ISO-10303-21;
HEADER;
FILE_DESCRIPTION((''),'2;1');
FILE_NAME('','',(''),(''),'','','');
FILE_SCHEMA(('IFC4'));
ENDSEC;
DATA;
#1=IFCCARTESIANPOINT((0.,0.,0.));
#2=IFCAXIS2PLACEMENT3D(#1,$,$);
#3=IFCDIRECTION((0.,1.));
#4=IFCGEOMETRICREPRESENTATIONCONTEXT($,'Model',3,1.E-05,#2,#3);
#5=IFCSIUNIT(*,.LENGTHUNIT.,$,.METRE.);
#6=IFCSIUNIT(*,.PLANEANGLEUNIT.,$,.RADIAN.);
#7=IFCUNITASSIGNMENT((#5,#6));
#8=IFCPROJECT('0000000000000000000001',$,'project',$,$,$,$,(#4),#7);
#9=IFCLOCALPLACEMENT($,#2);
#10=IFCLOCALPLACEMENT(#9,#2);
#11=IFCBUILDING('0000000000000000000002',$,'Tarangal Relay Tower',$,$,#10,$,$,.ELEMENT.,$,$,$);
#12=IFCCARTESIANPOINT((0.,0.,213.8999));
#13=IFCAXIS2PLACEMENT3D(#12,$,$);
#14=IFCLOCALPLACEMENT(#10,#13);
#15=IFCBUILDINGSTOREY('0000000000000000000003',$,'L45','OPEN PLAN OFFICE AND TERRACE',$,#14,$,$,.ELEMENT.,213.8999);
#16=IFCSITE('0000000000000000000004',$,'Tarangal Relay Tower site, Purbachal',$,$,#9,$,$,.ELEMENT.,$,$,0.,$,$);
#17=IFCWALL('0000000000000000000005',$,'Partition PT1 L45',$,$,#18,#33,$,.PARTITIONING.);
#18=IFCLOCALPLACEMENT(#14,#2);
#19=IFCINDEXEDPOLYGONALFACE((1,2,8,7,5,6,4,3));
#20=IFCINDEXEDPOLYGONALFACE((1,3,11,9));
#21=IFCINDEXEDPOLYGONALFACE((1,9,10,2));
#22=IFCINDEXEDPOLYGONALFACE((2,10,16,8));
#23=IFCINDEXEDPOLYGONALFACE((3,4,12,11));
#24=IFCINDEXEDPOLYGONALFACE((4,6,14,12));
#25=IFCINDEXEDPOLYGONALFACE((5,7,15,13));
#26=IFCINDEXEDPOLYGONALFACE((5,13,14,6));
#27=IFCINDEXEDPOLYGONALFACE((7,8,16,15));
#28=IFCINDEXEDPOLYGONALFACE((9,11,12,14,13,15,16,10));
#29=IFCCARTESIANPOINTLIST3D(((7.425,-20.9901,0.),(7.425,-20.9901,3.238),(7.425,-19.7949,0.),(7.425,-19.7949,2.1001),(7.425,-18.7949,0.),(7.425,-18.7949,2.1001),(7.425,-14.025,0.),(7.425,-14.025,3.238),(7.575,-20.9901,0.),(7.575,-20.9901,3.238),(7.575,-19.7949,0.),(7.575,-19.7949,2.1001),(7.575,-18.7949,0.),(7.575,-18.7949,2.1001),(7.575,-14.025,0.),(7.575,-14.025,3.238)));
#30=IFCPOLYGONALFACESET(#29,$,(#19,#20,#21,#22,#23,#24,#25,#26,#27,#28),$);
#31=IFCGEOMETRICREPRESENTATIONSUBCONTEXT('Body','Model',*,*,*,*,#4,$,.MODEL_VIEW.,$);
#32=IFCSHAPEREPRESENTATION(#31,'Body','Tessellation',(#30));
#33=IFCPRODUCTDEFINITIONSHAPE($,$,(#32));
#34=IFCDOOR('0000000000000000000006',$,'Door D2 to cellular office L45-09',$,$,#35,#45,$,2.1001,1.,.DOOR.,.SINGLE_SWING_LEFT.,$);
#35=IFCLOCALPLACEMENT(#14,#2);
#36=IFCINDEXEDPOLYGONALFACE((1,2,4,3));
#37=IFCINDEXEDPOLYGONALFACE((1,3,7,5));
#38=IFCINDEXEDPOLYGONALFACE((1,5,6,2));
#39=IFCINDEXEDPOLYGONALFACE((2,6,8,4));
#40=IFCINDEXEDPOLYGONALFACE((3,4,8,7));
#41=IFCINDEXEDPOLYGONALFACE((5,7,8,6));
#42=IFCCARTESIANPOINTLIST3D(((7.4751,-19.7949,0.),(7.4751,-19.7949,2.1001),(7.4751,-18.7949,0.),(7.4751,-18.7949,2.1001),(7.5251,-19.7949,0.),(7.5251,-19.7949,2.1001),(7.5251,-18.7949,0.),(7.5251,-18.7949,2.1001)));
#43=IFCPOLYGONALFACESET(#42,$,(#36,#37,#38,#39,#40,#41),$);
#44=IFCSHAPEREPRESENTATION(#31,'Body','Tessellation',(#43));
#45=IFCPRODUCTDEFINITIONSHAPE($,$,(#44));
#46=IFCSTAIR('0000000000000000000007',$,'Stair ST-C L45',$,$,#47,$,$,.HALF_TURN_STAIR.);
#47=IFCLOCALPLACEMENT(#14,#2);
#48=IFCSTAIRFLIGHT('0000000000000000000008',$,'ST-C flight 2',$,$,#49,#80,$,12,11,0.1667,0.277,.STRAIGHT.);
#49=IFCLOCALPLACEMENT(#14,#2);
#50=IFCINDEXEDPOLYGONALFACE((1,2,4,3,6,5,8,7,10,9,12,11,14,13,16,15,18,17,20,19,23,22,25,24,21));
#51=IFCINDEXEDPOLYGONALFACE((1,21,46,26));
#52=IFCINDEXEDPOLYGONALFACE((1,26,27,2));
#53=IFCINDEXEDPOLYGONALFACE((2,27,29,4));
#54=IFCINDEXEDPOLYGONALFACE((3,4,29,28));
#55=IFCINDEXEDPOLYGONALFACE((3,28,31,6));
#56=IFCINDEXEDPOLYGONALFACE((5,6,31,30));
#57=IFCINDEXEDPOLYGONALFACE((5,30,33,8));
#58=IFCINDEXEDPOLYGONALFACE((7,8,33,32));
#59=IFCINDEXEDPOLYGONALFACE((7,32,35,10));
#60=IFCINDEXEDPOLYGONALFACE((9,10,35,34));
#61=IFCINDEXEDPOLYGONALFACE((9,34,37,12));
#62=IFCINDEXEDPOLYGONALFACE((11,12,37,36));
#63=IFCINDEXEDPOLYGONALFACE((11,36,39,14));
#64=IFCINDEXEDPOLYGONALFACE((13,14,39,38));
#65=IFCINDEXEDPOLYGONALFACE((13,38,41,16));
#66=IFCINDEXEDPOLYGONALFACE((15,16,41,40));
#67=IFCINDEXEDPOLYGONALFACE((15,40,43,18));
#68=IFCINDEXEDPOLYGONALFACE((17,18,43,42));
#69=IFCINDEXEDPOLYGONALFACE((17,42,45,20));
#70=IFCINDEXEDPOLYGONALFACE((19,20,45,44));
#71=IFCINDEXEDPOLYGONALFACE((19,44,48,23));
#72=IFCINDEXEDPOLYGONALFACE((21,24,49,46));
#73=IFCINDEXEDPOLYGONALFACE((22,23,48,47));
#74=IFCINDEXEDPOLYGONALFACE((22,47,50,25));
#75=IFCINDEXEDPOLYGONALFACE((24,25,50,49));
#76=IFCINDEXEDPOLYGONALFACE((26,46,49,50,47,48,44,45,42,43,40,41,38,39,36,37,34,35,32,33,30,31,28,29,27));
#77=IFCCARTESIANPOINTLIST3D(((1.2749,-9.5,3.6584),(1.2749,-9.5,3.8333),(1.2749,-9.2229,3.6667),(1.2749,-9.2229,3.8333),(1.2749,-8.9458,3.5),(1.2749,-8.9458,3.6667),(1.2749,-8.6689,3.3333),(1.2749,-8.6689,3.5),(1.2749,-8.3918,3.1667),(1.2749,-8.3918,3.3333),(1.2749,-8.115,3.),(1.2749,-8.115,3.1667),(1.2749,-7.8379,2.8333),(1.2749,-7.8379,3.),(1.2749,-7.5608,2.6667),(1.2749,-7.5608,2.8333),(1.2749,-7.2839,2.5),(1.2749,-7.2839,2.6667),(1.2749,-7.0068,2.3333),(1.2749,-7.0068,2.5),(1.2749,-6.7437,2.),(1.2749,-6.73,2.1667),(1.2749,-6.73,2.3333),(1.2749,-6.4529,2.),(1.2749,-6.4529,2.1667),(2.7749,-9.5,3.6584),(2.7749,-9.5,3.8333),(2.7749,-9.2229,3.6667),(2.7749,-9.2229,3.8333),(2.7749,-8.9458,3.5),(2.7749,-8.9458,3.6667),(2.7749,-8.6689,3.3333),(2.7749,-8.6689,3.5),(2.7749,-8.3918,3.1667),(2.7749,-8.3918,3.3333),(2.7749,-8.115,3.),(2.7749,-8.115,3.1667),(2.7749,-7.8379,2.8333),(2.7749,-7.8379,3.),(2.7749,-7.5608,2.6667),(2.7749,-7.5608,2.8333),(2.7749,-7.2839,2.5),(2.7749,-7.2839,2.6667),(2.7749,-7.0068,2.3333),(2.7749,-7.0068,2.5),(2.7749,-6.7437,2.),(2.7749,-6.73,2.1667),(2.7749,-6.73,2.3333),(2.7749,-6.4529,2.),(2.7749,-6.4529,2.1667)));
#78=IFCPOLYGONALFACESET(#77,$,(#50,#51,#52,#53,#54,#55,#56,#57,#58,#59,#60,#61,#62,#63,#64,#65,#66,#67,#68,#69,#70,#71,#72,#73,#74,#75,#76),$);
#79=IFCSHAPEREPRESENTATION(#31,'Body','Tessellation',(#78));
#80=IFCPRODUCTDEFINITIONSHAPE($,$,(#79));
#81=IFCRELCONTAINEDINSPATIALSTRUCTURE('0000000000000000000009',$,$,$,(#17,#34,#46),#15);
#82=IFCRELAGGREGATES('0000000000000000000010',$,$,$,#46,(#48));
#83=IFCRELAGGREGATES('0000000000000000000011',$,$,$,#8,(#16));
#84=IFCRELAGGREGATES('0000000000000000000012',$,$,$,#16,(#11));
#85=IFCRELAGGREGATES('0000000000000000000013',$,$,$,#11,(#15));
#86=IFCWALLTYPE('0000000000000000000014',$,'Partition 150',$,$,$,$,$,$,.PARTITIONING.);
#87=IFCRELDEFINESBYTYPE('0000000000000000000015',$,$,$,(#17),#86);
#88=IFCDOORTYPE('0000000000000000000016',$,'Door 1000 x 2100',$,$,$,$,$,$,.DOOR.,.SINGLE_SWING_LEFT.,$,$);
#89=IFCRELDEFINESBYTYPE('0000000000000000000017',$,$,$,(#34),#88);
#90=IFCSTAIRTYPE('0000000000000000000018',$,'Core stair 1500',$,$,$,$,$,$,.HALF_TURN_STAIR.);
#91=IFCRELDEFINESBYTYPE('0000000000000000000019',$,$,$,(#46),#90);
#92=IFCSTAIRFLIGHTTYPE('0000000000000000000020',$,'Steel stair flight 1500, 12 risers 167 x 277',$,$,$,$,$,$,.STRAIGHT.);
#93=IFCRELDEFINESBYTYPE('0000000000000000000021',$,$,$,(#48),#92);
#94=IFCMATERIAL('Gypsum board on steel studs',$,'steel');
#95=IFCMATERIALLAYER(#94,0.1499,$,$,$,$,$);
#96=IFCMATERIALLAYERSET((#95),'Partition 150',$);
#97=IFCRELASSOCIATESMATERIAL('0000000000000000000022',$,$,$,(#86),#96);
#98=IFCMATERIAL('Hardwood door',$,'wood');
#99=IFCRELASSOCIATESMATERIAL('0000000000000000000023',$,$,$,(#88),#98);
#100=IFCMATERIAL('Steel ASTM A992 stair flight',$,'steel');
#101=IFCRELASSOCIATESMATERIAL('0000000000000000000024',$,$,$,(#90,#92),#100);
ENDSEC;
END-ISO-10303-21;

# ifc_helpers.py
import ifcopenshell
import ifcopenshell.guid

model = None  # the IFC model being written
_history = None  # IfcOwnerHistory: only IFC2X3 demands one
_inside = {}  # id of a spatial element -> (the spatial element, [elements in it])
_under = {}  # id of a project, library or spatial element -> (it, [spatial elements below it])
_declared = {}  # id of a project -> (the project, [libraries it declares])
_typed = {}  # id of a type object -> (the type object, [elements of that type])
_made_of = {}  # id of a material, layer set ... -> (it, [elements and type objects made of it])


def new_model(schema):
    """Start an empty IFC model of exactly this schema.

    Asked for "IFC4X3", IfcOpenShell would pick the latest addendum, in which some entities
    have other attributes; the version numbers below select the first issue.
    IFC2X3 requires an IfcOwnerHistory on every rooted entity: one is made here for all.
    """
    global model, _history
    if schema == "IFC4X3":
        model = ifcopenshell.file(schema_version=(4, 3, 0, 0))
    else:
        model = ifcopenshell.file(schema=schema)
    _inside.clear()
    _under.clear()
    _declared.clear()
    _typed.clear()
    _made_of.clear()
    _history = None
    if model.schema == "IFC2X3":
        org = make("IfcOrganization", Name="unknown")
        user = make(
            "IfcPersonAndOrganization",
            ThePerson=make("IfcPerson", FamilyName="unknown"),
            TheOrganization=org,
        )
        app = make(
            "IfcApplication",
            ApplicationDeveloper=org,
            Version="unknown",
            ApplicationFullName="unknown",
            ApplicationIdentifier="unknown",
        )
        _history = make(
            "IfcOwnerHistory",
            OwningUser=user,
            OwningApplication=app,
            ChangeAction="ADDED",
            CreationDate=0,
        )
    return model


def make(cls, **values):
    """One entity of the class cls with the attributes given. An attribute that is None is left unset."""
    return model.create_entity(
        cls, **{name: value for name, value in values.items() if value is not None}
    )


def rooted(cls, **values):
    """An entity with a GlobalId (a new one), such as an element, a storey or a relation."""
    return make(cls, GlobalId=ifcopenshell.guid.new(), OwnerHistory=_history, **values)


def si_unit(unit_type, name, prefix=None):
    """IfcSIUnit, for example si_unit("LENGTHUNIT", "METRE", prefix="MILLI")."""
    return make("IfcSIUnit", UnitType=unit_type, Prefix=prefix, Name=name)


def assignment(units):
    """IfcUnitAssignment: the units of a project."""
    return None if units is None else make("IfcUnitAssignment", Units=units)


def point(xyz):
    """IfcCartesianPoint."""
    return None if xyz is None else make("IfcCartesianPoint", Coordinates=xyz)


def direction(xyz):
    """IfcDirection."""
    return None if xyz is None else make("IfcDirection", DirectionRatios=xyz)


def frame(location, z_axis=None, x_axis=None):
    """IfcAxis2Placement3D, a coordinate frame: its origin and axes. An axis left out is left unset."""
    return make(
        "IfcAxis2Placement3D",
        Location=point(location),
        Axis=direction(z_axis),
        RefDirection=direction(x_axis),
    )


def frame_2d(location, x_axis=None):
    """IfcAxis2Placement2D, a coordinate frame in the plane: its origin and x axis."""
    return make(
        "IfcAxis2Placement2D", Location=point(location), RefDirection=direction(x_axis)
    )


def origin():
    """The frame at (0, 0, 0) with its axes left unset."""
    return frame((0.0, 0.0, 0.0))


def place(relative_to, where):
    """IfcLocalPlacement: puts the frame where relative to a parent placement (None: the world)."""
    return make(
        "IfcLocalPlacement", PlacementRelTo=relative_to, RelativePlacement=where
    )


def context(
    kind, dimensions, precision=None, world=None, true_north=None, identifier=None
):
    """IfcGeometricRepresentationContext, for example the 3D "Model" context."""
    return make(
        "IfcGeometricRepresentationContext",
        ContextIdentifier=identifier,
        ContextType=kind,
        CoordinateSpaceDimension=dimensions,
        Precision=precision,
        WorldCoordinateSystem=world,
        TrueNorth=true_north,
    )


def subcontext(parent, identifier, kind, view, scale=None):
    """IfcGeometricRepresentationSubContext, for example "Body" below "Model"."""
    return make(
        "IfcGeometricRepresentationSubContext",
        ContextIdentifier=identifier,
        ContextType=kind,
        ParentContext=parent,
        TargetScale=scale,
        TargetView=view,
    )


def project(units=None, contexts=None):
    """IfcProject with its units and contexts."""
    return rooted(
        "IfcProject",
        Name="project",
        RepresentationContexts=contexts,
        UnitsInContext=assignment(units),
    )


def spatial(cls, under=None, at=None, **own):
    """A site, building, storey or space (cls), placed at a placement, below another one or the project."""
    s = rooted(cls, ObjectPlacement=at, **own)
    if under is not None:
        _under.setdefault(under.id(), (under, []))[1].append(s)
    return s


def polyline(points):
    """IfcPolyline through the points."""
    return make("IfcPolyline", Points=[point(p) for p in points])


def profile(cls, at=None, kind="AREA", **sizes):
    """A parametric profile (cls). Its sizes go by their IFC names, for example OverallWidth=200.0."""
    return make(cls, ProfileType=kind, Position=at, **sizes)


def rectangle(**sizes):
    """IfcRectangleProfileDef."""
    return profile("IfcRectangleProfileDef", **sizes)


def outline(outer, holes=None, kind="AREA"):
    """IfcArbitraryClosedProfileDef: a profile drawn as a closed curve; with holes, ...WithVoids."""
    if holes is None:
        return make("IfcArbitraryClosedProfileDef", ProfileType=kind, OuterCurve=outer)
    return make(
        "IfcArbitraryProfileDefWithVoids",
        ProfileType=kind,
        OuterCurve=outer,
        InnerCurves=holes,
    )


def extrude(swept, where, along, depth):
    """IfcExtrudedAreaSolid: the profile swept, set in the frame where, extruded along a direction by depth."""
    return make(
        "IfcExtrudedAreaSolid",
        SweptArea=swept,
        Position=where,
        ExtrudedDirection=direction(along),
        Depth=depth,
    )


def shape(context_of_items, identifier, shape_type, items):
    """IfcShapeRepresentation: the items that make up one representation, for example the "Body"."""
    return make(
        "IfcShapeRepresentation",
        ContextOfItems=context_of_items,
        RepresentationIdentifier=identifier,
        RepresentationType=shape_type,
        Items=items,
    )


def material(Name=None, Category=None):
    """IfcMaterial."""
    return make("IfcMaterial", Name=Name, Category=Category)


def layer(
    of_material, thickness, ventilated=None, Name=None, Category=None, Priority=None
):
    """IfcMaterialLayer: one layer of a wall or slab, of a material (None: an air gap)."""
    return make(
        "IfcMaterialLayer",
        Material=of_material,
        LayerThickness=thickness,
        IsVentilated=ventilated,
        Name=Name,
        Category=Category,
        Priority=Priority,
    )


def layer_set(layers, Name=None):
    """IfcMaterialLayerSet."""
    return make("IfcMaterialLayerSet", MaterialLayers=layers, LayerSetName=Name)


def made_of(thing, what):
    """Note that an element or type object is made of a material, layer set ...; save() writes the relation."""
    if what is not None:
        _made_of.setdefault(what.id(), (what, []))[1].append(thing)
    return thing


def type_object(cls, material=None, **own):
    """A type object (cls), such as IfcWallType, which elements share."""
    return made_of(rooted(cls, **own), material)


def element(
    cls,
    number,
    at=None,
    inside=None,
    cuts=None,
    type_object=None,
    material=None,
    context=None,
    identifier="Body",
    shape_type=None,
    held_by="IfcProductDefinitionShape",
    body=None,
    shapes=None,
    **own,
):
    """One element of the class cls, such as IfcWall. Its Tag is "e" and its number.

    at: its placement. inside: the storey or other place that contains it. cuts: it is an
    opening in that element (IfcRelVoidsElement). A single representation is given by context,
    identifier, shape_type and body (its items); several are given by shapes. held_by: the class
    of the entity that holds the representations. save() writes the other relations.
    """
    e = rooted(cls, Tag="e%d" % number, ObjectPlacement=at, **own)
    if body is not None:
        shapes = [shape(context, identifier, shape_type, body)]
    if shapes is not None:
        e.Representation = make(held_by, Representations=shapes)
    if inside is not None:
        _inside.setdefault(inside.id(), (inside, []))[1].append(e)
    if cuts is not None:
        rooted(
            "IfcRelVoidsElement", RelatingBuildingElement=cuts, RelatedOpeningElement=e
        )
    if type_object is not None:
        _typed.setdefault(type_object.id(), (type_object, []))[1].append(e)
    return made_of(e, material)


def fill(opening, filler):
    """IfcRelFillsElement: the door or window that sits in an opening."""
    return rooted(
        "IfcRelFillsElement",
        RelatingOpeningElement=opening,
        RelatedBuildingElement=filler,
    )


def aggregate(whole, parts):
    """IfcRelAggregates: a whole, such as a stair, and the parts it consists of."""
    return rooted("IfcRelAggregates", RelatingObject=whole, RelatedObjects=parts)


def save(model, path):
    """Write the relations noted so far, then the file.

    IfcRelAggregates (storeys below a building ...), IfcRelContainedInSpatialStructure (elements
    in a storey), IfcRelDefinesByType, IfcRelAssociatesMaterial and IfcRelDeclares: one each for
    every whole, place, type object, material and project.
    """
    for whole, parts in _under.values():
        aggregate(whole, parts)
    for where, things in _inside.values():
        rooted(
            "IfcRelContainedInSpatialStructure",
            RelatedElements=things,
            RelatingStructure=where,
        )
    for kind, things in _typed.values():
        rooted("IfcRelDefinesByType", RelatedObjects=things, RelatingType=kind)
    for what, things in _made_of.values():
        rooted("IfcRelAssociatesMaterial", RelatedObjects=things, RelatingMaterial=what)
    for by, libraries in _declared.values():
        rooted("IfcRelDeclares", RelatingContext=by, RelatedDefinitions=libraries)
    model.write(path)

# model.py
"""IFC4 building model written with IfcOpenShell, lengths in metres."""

from ifc_helpers import new_model, si_unit, direction, frame, frame_2d, origin, place, context, subcontext, project, spatial, polyline, rectangle, outline, extrude, material, layer, layer_set, type_object, element, fill, aggregate, save


model = new_model("IFC4")

# Units and contexts
model_context = context("Model", 3, precision=1e-05, world=origin(), true_north=direction((0.0, 1.0)))
body_context = subcontext(model_context, "Body", "Model", "MODEL_VIEW")
ifc_project = project(units=[si_unit("LENGTHUNIT", "METRE"), si_unit("PLANEANGLEUNIT", "RADIAN")], contexts=[model_context])

# Site, building, storey
site_placement = place(None, origin())
site = spatial("IfcSite", under=ifc_project, at=site_placement, Name="Tarangal Relay Tower site, Purbachal", CompositionType="ELEMENT", RefElevation=0.0)
building_placement = place(site_placement, origin())
building = spatial("IfcBuilding", under=site, at=building_placement, Name="Tarangal Relay Tower", CompositionType="ELEMENT")
storey_placement = place(building_placement, frame((0.0, 0.0, 213.8999)))
storey = spatial("IfcBuildingStorey", under=building, at=storey_placement, Name="L45", Description="OPEN PLAN OFFICE AND TERRACE", CompositionType="ELEMENT", Elevation=213.8999)

# Shared definitions
ifc_material_1 = material(Name="Hardwood door", Category="wood")

# Wall, opening, door
ifc_material_2 = material(Name="Gypsum board on steel studs", Category="steel")
ifc_layer_1 = layer(ifc_material_2, 0.1499)
ifc_layer_set_1 = layer_set([ifc_layer_1], Name="Partition 150")
wall_type_1 = type_object("IfcWallType", Name="Partition 150", PredefinedType="PARTITIONING", material=ifc_layer_set_1)
door_type_1 = type_object("IfcDoorType", Name="Door 1000 x 2100", OperationType="SINGLE_SWING_LEFT", PredefinedType="DOOR", material=ifc_material_1)
wall_1_placement = place(storey_placement, frame((7.5, -20.99, 0.0), z_axis=(0.0, 0.0, 1.0), x_axis=(0.0, 1.0, 0.0)))
wall_1 = element("IfcWall", 1, at=wall_1_placement, inside=storey, type_object=wall_type_1, Name="Partition PT1 L45", PredefinedType="PARTITIONING", context=body_context, shape_type="SweptSolid", body=[
    extrude(rectangle(XDim=6.9651, YDim=0.1499, at=frame_2d((3.4824, 0.0))), origin(), (0.0, 0.0, 1.0), 3.238),
])
opening_1_placement = place(wall_1_placement, frame((1.1951, 0.0, 0.0)))
opening_1 = element("IfcOpeningElement", 2, at=opening_1_placement, cuts=wall_1, PredefinedType="OPENING", context=body_context, shape_type="SweptSolid", body=[
    extrude(rectangle(XDim=1.0, YDim=2.1001, at=frame_2d((0.5, 1.05))), frame((0.0, 0.085, 0.0), z_axis=(0.0, -1.0, 0.0), x_axis=(1.0, 0.0, 0.0)), (0.0, 0.0, 1.0), 0.1699),
])
door_1_placement = place(opening_1_placement, origin())
door_1 = element("IfcDoor", 3, at=door_1_placement, inside=storey, type_object=door_type_1, Name="Door D2 to cellular office L45-09", OperationType="SINGLE_SWING_LEFT", OverallHeight=2.1001, OverallWidth=1.0, PredefinedType="DOOR", context=body_context, shape_type="SweptSolid", body=[
    extrude(rectangle(XDim=1.0, YDim=2.1001, at=frame_2d((0.5, 1.05))), frame((0.0, 0.0249, 0.0), z_axis=(0.0, -1.0, 0.0), x_axis=(1.0, 0.0, 0.0)), (0.0, 0.0, 1.0), 0.05),
])
fill(opening_1, door_1)

# Stair, stair flight
ifc_material_3 = material(Name="Steel ASTM A992 stair flight", Category="steel")
stair_type = type_object("IfcStairType", Name="Core stair 1500", PredefinedType="HALF_TURN_STAIR", material=ifc_material_3)
stair_placement = place(storey_placement, origin())
stair = element("IfcStair", 4, at=stair_placement, inside=storey, type_object=stair_type, Name="Stair ST-C L45", PredefinedType="HALF_TURN_STAIR")
stair_flight_type = type_object("IfcStairFlightType", Name="Steel stair flight 1500, 12 risers 167 x 277", PredefinedType="STRAIGHT", material=ifc_material_3)
stair_flight_placement = place(storey_placement, frame((2.0249, -6.4529, 2.0), z_axis=(0.0, 0.0, 1.0), x_axis=(0.0, -1.0, 0.0)))
stair_flight = element("IfcStairFlight", 5, at=stair_flight_placement, type_object=stair_flight_type, Name="ST-C flight 2", NumberOfRisers=12, NumberOfTreads=11, PredefinedType="STRAIGHT", RiserHeight=0.1667, TreadLength=0.277, context=body_context, shape_type="SweptSolid", body=[
    extrude(outline(polyline([(0.0, 0.0), (0.0, 0.1667), (0.2771, 0.1667), (0.2771, 0.3333), (0.554, 0.3333), (0.554, 0.5), (0.8311, 0.5), (0.8311, 0.6667), (1.1079, 0.6667), (1.1079, 0.8333), (1.385, 0.8333), (1.385, 1.0), (1.6621, 1.0), (1.6621, 1.1667), (1.939, 1.1667), (1.939, 1.3333), (2.2161, 1.3333), (2.2161, 1.5), (2.4929, 1.5), (2.4929, 1.6667), (2.77, 1.6667), (2.77, 1.8333), (3.0471, 1.8333), (3.0471, 2.0), (3.0471, 1.6584), (0.2908, 0.0), (0.0, 0.0)])), frame((0.0, 0.75, 0.0), z_axis=(0.0, -1.0, 0.0), x_axis=(1.0, 0.0, 0.0)), (0.0, 0.0, 1.0), 1.5),
])
aggregate(stair, [stair_flight])

save(model, "model.ifc")
